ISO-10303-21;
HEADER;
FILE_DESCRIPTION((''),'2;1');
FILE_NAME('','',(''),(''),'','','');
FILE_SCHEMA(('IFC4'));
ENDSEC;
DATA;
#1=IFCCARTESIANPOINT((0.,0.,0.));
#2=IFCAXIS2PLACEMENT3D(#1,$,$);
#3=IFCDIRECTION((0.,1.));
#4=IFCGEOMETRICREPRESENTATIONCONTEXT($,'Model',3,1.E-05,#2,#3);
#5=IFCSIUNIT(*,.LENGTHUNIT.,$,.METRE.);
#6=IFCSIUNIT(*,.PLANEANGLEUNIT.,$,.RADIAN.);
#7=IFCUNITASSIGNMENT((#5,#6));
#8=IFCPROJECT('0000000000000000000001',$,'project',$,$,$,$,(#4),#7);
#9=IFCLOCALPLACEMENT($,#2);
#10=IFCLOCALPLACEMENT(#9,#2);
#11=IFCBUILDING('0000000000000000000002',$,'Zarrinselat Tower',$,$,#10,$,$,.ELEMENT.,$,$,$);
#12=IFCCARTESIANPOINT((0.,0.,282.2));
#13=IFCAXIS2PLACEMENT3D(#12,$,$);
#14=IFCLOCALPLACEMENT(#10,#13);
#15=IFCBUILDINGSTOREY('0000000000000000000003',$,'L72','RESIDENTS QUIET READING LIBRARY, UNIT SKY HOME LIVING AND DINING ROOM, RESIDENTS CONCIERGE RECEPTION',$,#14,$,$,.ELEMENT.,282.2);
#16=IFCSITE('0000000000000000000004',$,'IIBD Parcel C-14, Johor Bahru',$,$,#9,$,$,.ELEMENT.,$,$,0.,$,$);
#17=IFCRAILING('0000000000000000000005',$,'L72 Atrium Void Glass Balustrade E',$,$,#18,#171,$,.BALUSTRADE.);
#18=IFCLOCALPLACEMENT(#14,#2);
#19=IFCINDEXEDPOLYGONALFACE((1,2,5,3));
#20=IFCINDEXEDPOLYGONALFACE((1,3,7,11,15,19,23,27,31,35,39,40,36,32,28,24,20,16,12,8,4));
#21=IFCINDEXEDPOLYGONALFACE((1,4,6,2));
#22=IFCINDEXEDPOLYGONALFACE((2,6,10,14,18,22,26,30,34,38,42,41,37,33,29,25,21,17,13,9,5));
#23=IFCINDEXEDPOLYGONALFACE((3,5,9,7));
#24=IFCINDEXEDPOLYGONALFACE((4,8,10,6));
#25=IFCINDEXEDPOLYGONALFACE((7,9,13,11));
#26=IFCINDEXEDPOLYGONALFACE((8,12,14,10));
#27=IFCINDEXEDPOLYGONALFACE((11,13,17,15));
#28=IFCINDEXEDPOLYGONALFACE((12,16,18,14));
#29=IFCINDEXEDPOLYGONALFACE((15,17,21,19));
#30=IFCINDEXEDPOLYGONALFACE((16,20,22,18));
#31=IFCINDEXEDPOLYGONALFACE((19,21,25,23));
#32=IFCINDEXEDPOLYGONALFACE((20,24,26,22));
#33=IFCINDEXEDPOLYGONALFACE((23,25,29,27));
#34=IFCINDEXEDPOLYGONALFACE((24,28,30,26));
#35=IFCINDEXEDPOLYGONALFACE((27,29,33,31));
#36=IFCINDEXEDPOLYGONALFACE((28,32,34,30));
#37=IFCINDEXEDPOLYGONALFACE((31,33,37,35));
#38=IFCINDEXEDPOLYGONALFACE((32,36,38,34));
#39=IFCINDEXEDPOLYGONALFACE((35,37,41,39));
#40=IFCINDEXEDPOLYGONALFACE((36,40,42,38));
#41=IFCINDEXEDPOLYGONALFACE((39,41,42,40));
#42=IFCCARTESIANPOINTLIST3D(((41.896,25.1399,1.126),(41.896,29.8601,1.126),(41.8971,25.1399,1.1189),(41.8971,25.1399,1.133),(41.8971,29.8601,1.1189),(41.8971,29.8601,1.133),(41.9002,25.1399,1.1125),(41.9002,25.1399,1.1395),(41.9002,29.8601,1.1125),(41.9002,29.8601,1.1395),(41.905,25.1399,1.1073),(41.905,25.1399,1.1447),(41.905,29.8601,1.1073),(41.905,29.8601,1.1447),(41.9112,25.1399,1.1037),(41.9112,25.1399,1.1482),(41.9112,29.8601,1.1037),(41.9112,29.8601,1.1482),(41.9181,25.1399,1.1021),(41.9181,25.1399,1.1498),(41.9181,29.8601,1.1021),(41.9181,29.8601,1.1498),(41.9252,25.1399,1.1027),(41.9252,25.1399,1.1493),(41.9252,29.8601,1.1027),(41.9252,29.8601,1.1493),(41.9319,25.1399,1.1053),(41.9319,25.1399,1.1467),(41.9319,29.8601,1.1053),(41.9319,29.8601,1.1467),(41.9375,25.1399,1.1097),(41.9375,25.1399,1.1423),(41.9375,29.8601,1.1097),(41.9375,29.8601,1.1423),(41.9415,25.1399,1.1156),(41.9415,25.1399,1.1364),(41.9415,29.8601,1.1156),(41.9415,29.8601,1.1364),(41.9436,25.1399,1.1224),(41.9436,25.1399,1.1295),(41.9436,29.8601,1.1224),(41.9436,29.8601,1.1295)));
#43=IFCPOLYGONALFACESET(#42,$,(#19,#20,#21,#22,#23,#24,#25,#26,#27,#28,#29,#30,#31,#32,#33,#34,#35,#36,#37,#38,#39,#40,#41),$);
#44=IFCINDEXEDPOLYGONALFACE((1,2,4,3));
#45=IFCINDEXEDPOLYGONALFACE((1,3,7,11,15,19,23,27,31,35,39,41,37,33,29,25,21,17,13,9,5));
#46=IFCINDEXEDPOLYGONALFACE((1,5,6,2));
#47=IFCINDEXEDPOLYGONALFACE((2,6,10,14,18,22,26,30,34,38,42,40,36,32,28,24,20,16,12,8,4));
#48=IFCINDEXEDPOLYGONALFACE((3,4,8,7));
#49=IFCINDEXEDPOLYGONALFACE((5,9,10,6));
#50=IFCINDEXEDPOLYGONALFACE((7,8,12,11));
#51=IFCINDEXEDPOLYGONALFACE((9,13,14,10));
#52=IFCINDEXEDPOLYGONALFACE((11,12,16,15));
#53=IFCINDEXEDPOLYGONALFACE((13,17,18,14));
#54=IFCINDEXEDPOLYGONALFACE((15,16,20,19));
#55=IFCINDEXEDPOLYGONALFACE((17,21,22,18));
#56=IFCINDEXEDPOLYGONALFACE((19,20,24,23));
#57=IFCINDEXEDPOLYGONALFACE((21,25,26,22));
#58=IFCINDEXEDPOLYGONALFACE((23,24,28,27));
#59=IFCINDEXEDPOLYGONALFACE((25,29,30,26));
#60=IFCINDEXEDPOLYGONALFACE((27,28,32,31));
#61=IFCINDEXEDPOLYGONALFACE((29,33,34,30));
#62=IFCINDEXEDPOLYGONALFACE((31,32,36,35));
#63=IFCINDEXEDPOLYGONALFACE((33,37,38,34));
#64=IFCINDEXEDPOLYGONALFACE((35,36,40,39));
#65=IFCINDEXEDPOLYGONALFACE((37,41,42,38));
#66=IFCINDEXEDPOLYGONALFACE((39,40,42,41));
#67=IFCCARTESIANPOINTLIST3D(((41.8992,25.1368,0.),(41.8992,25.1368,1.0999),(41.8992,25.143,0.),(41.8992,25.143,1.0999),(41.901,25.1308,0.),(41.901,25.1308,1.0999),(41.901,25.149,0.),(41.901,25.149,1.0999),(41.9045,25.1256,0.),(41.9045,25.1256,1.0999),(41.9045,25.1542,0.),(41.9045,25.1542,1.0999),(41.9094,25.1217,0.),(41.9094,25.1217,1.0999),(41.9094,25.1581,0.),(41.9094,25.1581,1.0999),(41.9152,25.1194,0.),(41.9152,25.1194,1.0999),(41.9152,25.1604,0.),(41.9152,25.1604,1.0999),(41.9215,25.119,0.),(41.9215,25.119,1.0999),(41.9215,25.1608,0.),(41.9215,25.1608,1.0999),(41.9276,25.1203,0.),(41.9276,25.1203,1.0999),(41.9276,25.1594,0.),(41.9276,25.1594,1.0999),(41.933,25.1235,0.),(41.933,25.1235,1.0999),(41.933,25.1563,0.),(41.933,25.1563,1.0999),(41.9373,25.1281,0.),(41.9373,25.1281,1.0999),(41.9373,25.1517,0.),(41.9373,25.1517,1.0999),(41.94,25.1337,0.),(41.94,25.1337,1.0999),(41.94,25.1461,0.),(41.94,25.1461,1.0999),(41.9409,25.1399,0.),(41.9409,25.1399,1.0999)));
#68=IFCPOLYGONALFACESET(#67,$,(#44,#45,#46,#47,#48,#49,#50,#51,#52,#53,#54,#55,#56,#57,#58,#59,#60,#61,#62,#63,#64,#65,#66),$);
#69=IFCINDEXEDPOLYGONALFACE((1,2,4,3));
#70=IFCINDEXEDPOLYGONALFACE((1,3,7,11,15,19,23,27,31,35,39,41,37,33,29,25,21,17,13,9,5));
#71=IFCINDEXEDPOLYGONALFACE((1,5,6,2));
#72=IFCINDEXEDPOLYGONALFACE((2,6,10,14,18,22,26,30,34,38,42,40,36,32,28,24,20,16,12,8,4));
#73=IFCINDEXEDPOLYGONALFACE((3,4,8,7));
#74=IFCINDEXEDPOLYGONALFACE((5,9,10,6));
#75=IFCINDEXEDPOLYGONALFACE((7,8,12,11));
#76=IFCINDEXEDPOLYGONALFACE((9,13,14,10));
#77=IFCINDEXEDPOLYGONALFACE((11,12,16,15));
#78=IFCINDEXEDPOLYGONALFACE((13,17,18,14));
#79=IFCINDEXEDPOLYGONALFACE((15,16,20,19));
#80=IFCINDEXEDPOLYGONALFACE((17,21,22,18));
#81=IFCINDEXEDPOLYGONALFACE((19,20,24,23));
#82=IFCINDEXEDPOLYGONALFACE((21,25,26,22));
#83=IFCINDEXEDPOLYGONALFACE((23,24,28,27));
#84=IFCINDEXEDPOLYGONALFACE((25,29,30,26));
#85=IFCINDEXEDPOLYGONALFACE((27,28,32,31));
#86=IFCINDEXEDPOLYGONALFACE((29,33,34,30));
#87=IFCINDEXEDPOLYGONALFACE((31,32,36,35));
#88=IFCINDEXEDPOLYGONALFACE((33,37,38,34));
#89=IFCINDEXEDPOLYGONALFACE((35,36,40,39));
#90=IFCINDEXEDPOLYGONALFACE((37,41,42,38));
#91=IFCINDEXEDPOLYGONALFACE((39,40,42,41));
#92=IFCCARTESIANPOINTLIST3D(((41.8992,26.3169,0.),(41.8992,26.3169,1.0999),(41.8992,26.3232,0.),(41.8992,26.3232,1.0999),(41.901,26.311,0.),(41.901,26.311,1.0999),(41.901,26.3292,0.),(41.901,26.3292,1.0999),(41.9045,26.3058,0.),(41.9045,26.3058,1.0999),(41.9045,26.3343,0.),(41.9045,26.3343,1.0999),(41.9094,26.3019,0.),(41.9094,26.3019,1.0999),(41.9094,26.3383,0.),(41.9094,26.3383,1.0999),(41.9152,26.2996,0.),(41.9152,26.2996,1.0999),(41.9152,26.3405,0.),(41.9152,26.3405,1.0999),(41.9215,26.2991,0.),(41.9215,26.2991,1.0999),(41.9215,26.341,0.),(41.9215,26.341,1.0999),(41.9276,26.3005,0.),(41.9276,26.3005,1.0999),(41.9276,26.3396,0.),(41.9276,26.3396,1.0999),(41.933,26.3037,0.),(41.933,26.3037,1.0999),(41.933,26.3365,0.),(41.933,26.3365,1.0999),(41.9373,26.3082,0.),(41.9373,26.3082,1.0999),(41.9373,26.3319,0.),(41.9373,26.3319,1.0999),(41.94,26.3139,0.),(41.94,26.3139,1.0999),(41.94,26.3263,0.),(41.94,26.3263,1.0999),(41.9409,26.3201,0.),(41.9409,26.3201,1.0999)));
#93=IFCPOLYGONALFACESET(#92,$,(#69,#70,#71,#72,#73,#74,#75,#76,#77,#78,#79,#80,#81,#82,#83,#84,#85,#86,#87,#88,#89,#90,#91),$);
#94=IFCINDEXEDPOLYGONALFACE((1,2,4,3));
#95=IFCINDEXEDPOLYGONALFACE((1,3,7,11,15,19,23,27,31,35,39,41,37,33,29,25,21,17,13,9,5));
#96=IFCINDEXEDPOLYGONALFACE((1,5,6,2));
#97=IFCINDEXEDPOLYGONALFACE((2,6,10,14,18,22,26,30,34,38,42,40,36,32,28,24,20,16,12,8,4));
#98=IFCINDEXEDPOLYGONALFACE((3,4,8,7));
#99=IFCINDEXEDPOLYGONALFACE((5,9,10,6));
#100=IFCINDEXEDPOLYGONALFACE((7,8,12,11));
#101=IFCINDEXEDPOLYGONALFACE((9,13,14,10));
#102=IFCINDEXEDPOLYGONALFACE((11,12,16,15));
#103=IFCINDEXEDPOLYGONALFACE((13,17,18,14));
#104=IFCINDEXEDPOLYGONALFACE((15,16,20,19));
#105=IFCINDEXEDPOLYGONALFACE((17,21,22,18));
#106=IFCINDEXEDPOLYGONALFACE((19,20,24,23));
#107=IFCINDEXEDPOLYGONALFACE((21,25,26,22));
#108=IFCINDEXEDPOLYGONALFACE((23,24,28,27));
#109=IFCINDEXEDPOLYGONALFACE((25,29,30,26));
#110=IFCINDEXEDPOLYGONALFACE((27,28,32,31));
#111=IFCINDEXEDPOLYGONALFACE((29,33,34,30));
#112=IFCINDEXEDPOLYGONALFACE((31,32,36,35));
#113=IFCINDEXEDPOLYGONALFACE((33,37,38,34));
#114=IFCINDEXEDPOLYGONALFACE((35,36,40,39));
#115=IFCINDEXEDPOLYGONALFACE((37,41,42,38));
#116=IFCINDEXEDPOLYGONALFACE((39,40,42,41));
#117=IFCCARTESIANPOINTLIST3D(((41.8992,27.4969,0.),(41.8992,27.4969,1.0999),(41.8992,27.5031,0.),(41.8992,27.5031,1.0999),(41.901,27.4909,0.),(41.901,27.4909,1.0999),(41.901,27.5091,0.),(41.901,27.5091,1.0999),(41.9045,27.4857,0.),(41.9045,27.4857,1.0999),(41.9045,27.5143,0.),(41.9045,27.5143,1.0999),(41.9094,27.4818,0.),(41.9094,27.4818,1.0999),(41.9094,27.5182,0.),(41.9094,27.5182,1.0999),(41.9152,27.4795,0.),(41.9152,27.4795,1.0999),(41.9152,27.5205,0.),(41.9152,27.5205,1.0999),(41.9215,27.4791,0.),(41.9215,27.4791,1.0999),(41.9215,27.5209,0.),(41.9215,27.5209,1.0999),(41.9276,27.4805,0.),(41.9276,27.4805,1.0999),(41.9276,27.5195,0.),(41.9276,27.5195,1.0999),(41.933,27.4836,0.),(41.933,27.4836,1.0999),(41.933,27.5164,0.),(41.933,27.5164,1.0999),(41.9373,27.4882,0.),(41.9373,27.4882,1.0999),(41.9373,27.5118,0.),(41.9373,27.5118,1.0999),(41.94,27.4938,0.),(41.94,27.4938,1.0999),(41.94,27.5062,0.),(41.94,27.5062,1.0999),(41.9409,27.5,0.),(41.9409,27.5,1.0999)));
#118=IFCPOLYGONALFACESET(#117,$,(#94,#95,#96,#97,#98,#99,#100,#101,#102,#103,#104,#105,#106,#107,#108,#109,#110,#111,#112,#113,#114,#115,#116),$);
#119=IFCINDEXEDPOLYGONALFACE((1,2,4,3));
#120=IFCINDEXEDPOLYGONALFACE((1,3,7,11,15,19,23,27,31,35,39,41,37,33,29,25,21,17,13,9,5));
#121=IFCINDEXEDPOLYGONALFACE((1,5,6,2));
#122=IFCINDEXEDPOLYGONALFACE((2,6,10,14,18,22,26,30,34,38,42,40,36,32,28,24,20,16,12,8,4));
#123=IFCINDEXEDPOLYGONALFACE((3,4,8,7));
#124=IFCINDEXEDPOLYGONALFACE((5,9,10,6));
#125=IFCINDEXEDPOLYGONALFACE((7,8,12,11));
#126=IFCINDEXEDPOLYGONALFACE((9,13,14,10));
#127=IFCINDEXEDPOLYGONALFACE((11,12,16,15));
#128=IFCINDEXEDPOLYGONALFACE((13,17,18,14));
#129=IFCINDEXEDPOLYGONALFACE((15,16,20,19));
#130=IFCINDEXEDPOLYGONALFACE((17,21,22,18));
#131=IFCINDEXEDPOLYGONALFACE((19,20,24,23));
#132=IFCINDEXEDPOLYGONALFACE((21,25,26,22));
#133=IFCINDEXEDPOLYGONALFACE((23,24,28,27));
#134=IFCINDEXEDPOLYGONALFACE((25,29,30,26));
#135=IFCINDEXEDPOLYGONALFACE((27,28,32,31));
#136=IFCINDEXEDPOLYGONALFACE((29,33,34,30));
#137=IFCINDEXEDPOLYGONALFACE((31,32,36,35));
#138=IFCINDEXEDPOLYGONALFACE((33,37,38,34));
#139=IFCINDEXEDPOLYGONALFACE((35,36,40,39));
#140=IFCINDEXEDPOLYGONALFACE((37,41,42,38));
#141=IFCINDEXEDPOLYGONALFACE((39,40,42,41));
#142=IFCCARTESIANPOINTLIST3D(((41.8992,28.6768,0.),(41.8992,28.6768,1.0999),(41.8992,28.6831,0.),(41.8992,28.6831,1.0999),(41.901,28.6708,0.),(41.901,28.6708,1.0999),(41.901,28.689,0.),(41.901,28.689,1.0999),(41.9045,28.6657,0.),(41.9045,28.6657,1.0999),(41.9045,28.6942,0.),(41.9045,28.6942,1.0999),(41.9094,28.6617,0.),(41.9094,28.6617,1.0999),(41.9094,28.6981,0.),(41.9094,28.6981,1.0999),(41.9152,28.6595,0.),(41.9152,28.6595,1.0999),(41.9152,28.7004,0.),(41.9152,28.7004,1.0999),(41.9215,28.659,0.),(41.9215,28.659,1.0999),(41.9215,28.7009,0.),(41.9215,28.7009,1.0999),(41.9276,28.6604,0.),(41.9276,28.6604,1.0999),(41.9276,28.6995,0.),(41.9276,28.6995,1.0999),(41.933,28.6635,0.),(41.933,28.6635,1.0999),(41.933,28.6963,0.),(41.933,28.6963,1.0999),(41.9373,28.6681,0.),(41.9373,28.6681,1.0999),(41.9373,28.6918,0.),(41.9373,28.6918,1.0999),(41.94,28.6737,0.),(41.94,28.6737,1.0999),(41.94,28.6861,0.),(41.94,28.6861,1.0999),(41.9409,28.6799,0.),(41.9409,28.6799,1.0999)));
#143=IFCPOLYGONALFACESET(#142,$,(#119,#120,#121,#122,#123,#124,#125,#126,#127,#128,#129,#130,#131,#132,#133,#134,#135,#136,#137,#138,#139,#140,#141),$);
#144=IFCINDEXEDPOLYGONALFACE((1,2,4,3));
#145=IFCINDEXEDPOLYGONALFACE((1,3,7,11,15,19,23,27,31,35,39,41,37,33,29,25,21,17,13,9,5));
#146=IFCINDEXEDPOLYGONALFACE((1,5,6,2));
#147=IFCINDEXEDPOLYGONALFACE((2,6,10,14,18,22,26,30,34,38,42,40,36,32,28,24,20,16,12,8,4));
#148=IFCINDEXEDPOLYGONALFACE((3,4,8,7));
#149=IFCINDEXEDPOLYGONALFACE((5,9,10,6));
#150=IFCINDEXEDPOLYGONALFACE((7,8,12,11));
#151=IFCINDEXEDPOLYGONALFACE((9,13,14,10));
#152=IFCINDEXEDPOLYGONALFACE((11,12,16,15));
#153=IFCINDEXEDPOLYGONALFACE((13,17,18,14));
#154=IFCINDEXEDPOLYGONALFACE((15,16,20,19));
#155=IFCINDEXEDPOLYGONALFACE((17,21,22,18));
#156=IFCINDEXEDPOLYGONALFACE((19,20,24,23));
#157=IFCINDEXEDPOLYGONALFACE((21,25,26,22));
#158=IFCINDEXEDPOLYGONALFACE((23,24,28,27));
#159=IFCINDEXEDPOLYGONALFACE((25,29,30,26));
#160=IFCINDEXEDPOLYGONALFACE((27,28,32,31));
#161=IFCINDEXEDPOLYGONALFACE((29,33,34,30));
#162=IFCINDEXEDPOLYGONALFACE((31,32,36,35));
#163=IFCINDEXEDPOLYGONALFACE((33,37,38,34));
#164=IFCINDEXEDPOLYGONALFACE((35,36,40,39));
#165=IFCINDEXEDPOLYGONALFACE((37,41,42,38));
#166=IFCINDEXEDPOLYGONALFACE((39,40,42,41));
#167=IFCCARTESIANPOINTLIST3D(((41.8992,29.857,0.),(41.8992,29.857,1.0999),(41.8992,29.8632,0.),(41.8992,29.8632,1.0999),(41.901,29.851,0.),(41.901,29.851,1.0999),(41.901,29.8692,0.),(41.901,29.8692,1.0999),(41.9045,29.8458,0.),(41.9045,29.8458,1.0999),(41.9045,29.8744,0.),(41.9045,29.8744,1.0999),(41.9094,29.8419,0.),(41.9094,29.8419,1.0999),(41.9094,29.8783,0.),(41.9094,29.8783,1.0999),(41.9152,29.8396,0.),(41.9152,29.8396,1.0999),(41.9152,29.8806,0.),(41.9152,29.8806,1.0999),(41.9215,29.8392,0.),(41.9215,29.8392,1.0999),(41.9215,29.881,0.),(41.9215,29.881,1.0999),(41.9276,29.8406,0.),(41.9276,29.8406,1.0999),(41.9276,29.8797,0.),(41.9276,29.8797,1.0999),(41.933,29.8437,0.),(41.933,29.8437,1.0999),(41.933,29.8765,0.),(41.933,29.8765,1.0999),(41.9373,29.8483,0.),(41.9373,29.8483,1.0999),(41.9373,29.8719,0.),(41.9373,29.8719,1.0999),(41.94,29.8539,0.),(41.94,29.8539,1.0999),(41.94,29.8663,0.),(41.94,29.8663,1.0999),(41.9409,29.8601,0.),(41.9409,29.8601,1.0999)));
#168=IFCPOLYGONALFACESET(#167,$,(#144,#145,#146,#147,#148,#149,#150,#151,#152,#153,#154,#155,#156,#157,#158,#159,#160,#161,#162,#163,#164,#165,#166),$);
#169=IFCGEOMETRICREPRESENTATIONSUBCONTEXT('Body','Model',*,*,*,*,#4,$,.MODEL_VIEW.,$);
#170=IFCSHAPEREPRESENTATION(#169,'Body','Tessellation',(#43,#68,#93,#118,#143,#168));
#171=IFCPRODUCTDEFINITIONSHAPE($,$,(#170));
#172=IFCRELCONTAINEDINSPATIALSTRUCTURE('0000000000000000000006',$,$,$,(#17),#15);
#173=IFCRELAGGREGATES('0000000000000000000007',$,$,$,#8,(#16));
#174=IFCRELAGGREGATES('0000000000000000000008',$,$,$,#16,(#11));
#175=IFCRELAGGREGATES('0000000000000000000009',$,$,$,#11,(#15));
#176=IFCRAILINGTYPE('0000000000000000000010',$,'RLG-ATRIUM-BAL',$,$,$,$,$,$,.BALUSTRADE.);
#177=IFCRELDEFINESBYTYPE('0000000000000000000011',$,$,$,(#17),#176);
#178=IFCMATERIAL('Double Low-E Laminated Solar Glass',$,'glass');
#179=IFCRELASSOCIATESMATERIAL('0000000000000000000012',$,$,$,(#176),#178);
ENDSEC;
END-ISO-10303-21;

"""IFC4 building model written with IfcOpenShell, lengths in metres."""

from ifc_helpers import new_model, si_unit, direction, frame, origin, origin_2d, place, context, subcontext, project, spatial, circle, extrude, material, type_object, element, save


model = new_model("IFC4")

# Units and contexts
model_context = context("Model", 3, precision=1e-05, world=origin(), true_north=direction((0.0, 1.0)))
body_context = subcontext(model_context, "Body", "Model", "MODEL_VIEW")
ifc_project = project(units=[si_unit("LENGTHUNIT", "METRE"), si_unit("PLANEANGLEUNIT", "RADIAN")], contexts=[model_context])

# Site, building, storey
site_placement = place(None, origin())
site = spatial("IfcSite", under=ifc_project, at=site_placement, Name="IIBD Parcel C-14, Johor Bahru", CompositionType="ELEMENT", RefElevation=0.0)
building_placement = place(site_placement, origin())
building = spatial("IfcBuilding", under=site, at=building_placement, Name="Zarrinselat Tower", CompositionType="ELEMENT")
storey_placement = place(building_placement, frame((0.0, 0.0, 282.2)))
storey = spatial("IfcBuildingStorey", under=building, at=storey_placement, Name="L72", Description="RESIDENTS QUIET READING LIBRARY, UNIT SKY HOME LIVING AND DINING ROOM, RESIDENTS CONCIERGE RECEPTION", CompositionType="ELEMENT", Elevation=282.2)

# Railing
ifc_material_1 = material(Name="Double Low-E Laminated Solar Glass", Category="glass")
railing_type = type_object("IfcRailingType", Name="RLG-ATRIUM-BAL", PredefinedType="BALUSTRADE", material=ifc_material_1)
railing_1_placement = place(storey_placement, frame((41.9199, 25.1399, 0.0)))
element("IfcRailing", 1, at=railing_1_placement, inside=storey, type_object=railing_type, Name="L72 Atrium Void Glass Balustrade E", PredefinedType="BALUSTRADE", context=body_context, shape_type="SweptSolid", body=[
    extrude(circle(Radius=0.0239, at=origin_2d()), frame((0.0, 0.0, 1.126), z_axis=(0.0, 1.0, 0.0), x_axis=(-1.0, 0.0, 0.0)), (0.0, 0.0, 1.0), 4.7202),
    extrude(circle(Radius=0.021, at=origin_2d()), origin(), (0.0, 0.0, 1.0), 1.0999),
    extrude(circle(Radius=0.021, at=origin_2d()), frame((0.0, 1.1802, 0.0)), (0.0, 0.0, 1.0), 1.0999),
    extrude(circle(Radius=0.021, at=origin_2d()), frame((0.0, 2.3601, 0.0)), (0.0, 0.0, 1.0), 1.0999),
    extrude(circle(Radius=0.021, at=origin_2d()), frame((0.0, 3.54, 0.0)), (0.0, 0.0, 1.0), 1.0999),
    extrude(circle(Radius=0.021, at=origin_2d()), frame((0.0, 4.7202, 0.0)), (0.0, 0.0, 1.0), 1.0999),
])

save(model, "model.ifc")
